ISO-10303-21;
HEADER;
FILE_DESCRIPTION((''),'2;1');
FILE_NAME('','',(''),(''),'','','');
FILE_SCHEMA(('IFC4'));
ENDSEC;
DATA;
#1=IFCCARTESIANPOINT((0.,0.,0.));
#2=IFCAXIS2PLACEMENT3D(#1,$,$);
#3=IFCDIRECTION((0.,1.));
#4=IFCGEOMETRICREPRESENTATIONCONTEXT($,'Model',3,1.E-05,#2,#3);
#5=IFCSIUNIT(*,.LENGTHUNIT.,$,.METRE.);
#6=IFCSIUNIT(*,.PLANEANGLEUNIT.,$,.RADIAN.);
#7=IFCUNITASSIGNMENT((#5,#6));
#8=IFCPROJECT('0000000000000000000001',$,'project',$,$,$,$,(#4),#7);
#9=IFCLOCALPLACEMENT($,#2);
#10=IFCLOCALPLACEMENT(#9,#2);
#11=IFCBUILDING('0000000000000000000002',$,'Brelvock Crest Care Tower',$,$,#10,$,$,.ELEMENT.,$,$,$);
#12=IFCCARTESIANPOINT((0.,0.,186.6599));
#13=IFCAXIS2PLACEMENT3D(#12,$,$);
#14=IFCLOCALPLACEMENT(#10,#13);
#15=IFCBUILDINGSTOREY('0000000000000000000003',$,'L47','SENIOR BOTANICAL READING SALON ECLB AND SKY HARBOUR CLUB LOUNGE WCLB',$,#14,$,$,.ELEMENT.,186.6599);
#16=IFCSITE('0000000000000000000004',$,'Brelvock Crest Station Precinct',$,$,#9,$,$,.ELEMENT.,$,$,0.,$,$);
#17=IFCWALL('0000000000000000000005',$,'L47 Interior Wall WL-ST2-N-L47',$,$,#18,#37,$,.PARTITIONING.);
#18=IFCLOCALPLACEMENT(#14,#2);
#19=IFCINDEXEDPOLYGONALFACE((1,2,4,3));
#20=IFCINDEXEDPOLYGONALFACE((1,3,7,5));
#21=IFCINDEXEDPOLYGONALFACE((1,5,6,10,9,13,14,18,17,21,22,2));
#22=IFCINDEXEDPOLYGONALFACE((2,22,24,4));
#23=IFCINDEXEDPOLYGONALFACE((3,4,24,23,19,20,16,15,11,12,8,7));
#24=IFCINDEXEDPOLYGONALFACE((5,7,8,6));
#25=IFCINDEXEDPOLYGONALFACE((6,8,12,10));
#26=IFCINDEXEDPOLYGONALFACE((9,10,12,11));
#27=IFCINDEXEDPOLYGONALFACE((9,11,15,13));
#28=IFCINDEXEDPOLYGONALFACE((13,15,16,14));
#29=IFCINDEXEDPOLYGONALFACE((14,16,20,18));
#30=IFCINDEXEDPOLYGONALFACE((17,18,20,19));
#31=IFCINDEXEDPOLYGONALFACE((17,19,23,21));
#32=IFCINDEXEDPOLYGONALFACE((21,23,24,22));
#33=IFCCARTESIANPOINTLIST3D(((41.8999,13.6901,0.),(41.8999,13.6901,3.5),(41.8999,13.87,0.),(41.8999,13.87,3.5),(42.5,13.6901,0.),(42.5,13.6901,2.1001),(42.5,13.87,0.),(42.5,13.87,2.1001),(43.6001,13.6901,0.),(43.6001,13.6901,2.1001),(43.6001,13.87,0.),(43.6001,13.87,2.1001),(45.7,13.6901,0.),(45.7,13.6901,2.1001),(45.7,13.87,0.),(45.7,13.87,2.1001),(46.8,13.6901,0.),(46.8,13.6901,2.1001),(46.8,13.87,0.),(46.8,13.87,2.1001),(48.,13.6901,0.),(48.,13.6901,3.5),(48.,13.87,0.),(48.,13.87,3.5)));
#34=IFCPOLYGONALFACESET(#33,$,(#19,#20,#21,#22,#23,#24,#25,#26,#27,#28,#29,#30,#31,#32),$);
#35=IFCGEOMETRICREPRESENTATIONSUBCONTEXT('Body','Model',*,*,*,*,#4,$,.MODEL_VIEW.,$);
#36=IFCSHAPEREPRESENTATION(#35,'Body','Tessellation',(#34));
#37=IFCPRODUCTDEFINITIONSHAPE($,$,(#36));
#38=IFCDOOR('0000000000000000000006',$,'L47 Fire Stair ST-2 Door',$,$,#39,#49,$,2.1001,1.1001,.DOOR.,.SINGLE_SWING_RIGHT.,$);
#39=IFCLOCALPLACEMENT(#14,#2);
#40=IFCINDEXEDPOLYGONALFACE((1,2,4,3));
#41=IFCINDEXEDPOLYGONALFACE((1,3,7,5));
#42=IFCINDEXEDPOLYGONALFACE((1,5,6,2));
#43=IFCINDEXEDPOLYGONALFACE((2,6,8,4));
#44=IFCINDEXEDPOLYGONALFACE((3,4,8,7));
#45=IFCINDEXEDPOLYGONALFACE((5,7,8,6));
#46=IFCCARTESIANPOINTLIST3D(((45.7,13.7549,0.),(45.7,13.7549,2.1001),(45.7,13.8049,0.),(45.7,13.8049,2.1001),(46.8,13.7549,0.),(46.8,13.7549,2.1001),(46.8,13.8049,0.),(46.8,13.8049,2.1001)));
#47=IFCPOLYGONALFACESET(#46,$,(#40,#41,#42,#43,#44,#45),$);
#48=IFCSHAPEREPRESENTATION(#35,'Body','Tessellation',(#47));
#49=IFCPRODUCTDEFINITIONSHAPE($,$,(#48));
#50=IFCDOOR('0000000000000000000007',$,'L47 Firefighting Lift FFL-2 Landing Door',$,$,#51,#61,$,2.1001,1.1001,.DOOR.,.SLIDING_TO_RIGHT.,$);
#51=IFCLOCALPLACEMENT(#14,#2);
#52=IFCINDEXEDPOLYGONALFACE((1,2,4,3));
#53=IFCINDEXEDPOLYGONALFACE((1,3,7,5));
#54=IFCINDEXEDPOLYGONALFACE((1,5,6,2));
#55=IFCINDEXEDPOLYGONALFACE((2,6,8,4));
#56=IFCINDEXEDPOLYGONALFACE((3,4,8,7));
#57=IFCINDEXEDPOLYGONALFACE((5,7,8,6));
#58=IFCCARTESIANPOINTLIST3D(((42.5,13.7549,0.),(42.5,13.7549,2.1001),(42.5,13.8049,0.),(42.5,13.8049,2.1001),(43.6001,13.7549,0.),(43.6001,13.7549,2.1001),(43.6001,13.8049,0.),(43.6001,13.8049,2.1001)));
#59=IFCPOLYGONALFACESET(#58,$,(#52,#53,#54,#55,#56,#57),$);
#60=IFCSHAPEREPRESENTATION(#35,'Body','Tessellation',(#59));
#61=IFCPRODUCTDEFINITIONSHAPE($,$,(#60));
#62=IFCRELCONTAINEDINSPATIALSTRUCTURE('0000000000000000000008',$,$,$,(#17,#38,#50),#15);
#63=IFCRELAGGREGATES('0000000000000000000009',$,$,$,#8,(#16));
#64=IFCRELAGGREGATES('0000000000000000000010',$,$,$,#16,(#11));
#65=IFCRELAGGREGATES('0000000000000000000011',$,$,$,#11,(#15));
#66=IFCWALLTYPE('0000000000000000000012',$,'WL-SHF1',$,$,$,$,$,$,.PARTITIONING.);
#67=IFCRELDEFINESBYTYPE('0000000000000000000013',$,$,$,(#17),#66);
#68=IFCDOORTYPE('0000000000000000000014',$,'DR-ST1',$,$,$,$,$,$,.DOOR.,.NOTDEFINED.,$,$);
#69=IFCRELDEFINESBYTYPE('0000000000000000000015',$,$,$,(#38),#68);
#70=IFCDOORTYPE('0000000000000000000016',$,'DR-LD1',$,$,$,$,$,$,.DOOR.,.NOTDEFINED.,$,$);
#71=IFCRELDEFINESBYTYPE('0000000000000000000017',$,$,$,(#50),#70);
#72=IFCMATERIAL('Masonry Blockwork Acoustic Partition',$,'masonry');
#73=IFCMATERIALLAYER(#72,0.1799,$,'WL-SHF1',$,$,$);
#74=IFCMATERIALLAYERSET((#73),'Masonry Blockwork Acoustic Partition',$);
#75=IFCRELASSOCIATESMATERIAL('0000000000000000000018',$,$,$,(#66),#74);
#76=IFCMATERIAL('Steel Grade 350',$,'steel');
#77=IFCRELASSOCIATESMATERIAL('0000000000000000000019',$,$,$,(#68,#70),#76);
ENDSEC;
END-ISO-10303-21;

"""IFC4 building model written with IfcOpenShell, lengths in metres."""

from ifc_helpers import new_model, si_unit, direction, frame, frame_2d, origin, origin_2d, place, context, subcontext, project, spatial, rectangle, extrude, source, transform, mapped, material, layer, layer_set, type_object, element, fill, save


model = new_model("IFC4")

# Units and contexts
model_context = context("Model", 3, precision=1e-05, world=origin(), true_north=direction((0.0, 1.0)))
body_context = subcontext(model_context, "Body", "Model", "MODEL_VIEW")
ifc_project = project(units=[si_unit("LENGTHUNIT", "METRE"), si_unit("PLANEANGLEUNIT", "RADIAN")], contexts=[model_context])

# Site, building, storey
site_placement = place(None, origin())
site = spatial("IfcSite", under=ifc_project, at=site_placement, Name="Brelvock Crest Station Precinct", CompositionType="ELEMENT", RefElevation=0.0)
building_placement = place(site_placement, origin())
building = spatial("IfcBuilding", under=site, at=building_placement, Name="Brelvock Crest Care Tower", CompositionType="ELEMENT")
storey_placement = place(building_placement, frame((0.0, 0.0, 186.6599)))
storey = spatial("IfcBuildingStorey", under=building, at=storey_placement, Name="L47", Description="SENIOR BOTANICAL READING SALON ECLB AND SKY HARBOUR CLUB LOUNGE WCLB", CompositionType="ELEMENT", Elevation=186.6599)

# Shared definitions
ifc_material_1 = material(Name="Steel Grade 350", Category="steel")

# Shared definitions
ifc_material_2 = material(Name="Masonry Blockwork Acoustic Partition", Category="masonry")

# Wall, openings, doors
ifc_layer_1 = layer(ifc_material_2, 0.1799, Name="WL-SHF1")
ifc_layer_set_1 = layer_set([ifc_layer_1], Name="Masonry Blockwork Acoustic Partition")
wall_type_1 = type_object("IfcWallType", Name="WL-SHF1", PredefinedType="PARTITIONING", material=ifc_layer_set_1)
wall_1_placement = place(storey_placement, frame((41.8999, 13.78, 0.0), z_axis=(0.0, 0.0, 1.0), x_axis=(1.0, 0.0, 0.0)))
wall_1 = element("IfcWall", 1, at=wall_1_placement, inside=storey, type_object=wall_type_1, Name="L47 Interior Wall WL-ST2-N-L47", PredefinedType="PARTITIONING", context=body_context, shape_type="SweptSolid", body=[
    extrude(rectangle(XDim=6.1001, YDim=0.1799, at=frame_2d((3.05, 0.0))), origin(), (0.0, 0.0, 1.0), 3.5),
])
opening_1_placement = place(wall_1_placement, frame((0.6001, 0.0, 0.0)))
opening_1 = element("IfcOpeningElement", 2, at=opening_1_placement, cuts=wall_1, PredefinedType="OPENING", context=body_context, shape_type="SweptSolid", body=[
    extrude(rectangle(XDim=1.1001, YDim=2.1001, at=origin_2d()), frame((0.55, 0.1001, 1.05), z_axis=(0.0, -1.0, 0.0), x_axis=(1.0, 0.0, 0.0)), (0.0, 0.0, 1.0), 0.2),
])
opening_2_placement = place(wall_1_placement, frame((3.8, 0.0, 0.0)))
opening_2 = element("IfcOpeningElement", 3, at=opening_2_placement, cuts=wall_1, PredefinedType="OPENING", context=body_context, shape_type="SweptSolid", body=[
    extrude(rectangle(XDim=1.1001, YDim=2.1001, at=origin_2d()), frame((0.55, 0.1001, 1.05), z_axis=(0.0, -1.0, 0.0), x_axis=(1.0, 0.0, 0.0)), (0.0, 0.0, 1.0), 0.2),
])
door_type_1 = type_object("IfcDoorType", Name="DR-ST1", OperationType="NOTDEFINED", PredefinedType="DOOR", material=ifc_material_1)
shared_shape_1 = source(origin(), body_context, "Body", "SweptSolid", [
    extrude(rectangle(XDim=1.1001, YDim=2.1001, at=origin_2d()), frame((0.55, 0.0249, 1.05), z_axis=(0.0, -1.0, 0.0), x_axis=(1.0, 0.0, 0.0)), (0.0, 0.0, 1.0), 0.05),
])
door_1_placement = place(opening_2_placement, origin())
door_1 = element("IfcDoor", 4, at=door_1_placement, inside=storey, type_object=door_type_1, Name="L47 Fire Stair ST-2 Door", OperationType="SINGLE_SWING_RIGHT", OverallHeight=2.1001, OverallWidth=1.1001, PredefinedType="DOOR", context=body_context, shape_type="MappedRepresentation", body=[
    mapped(shared_shape_1, transform((0.0, 0.0, 0.0), x_axis=(1.0, 0.0, 0.0), y_axis=(0.0, 1.0, 0.0), z_axis=(0.0, 0.0, 1.0), scale=1.0)),
])
fill(opening_2, door_1)
door_type_2 = type_object("IfcDoorType", Name="DR-LD1", OperationType="NOTDEFINED", PredefinedType="DOOR", material=ifc_material_1)
shared_shape_2 = source(origin(), body_context, "Body", "SweptSolid", [
    extrude(rectangle(XDim=1.1001, YDim=2.1001, at=origin_2d()), frame((0.55, 0.0249, 1.05), z_axis=(0.0, -1.0, 0.0), x_axis=(1.0, 0.0, 0.0)), (0.0, 0.0, 1.0), 0.05),
])
door_2_placement = place(opening_1_placement, origin())
door_2 = element("IfcDoor", 5, at=door_2_placement, inside=storey, type_object=door_type_2, Name="L47 Firefighting Lift FFL-2 Landing Door", OperationType="SLIDING_TO_RIGHT", OverallHeight=2.1001, OverallWidth=1.1001, PredefinedType="DOOR", context=body_context, shape_type="MappedRepresentation", body=[
    mapped(shared_shape_2, transform((0.0, 0.0, 0.0), x_axis=(1.0, 0.0, 0.0), y_axis=(0.0, 1.0, 0.0), z_axis=(0.0, 0.0, 1.0), scale=1.0)),
])
fill(opening_1, door_2)

save(model, "model.ifc")
